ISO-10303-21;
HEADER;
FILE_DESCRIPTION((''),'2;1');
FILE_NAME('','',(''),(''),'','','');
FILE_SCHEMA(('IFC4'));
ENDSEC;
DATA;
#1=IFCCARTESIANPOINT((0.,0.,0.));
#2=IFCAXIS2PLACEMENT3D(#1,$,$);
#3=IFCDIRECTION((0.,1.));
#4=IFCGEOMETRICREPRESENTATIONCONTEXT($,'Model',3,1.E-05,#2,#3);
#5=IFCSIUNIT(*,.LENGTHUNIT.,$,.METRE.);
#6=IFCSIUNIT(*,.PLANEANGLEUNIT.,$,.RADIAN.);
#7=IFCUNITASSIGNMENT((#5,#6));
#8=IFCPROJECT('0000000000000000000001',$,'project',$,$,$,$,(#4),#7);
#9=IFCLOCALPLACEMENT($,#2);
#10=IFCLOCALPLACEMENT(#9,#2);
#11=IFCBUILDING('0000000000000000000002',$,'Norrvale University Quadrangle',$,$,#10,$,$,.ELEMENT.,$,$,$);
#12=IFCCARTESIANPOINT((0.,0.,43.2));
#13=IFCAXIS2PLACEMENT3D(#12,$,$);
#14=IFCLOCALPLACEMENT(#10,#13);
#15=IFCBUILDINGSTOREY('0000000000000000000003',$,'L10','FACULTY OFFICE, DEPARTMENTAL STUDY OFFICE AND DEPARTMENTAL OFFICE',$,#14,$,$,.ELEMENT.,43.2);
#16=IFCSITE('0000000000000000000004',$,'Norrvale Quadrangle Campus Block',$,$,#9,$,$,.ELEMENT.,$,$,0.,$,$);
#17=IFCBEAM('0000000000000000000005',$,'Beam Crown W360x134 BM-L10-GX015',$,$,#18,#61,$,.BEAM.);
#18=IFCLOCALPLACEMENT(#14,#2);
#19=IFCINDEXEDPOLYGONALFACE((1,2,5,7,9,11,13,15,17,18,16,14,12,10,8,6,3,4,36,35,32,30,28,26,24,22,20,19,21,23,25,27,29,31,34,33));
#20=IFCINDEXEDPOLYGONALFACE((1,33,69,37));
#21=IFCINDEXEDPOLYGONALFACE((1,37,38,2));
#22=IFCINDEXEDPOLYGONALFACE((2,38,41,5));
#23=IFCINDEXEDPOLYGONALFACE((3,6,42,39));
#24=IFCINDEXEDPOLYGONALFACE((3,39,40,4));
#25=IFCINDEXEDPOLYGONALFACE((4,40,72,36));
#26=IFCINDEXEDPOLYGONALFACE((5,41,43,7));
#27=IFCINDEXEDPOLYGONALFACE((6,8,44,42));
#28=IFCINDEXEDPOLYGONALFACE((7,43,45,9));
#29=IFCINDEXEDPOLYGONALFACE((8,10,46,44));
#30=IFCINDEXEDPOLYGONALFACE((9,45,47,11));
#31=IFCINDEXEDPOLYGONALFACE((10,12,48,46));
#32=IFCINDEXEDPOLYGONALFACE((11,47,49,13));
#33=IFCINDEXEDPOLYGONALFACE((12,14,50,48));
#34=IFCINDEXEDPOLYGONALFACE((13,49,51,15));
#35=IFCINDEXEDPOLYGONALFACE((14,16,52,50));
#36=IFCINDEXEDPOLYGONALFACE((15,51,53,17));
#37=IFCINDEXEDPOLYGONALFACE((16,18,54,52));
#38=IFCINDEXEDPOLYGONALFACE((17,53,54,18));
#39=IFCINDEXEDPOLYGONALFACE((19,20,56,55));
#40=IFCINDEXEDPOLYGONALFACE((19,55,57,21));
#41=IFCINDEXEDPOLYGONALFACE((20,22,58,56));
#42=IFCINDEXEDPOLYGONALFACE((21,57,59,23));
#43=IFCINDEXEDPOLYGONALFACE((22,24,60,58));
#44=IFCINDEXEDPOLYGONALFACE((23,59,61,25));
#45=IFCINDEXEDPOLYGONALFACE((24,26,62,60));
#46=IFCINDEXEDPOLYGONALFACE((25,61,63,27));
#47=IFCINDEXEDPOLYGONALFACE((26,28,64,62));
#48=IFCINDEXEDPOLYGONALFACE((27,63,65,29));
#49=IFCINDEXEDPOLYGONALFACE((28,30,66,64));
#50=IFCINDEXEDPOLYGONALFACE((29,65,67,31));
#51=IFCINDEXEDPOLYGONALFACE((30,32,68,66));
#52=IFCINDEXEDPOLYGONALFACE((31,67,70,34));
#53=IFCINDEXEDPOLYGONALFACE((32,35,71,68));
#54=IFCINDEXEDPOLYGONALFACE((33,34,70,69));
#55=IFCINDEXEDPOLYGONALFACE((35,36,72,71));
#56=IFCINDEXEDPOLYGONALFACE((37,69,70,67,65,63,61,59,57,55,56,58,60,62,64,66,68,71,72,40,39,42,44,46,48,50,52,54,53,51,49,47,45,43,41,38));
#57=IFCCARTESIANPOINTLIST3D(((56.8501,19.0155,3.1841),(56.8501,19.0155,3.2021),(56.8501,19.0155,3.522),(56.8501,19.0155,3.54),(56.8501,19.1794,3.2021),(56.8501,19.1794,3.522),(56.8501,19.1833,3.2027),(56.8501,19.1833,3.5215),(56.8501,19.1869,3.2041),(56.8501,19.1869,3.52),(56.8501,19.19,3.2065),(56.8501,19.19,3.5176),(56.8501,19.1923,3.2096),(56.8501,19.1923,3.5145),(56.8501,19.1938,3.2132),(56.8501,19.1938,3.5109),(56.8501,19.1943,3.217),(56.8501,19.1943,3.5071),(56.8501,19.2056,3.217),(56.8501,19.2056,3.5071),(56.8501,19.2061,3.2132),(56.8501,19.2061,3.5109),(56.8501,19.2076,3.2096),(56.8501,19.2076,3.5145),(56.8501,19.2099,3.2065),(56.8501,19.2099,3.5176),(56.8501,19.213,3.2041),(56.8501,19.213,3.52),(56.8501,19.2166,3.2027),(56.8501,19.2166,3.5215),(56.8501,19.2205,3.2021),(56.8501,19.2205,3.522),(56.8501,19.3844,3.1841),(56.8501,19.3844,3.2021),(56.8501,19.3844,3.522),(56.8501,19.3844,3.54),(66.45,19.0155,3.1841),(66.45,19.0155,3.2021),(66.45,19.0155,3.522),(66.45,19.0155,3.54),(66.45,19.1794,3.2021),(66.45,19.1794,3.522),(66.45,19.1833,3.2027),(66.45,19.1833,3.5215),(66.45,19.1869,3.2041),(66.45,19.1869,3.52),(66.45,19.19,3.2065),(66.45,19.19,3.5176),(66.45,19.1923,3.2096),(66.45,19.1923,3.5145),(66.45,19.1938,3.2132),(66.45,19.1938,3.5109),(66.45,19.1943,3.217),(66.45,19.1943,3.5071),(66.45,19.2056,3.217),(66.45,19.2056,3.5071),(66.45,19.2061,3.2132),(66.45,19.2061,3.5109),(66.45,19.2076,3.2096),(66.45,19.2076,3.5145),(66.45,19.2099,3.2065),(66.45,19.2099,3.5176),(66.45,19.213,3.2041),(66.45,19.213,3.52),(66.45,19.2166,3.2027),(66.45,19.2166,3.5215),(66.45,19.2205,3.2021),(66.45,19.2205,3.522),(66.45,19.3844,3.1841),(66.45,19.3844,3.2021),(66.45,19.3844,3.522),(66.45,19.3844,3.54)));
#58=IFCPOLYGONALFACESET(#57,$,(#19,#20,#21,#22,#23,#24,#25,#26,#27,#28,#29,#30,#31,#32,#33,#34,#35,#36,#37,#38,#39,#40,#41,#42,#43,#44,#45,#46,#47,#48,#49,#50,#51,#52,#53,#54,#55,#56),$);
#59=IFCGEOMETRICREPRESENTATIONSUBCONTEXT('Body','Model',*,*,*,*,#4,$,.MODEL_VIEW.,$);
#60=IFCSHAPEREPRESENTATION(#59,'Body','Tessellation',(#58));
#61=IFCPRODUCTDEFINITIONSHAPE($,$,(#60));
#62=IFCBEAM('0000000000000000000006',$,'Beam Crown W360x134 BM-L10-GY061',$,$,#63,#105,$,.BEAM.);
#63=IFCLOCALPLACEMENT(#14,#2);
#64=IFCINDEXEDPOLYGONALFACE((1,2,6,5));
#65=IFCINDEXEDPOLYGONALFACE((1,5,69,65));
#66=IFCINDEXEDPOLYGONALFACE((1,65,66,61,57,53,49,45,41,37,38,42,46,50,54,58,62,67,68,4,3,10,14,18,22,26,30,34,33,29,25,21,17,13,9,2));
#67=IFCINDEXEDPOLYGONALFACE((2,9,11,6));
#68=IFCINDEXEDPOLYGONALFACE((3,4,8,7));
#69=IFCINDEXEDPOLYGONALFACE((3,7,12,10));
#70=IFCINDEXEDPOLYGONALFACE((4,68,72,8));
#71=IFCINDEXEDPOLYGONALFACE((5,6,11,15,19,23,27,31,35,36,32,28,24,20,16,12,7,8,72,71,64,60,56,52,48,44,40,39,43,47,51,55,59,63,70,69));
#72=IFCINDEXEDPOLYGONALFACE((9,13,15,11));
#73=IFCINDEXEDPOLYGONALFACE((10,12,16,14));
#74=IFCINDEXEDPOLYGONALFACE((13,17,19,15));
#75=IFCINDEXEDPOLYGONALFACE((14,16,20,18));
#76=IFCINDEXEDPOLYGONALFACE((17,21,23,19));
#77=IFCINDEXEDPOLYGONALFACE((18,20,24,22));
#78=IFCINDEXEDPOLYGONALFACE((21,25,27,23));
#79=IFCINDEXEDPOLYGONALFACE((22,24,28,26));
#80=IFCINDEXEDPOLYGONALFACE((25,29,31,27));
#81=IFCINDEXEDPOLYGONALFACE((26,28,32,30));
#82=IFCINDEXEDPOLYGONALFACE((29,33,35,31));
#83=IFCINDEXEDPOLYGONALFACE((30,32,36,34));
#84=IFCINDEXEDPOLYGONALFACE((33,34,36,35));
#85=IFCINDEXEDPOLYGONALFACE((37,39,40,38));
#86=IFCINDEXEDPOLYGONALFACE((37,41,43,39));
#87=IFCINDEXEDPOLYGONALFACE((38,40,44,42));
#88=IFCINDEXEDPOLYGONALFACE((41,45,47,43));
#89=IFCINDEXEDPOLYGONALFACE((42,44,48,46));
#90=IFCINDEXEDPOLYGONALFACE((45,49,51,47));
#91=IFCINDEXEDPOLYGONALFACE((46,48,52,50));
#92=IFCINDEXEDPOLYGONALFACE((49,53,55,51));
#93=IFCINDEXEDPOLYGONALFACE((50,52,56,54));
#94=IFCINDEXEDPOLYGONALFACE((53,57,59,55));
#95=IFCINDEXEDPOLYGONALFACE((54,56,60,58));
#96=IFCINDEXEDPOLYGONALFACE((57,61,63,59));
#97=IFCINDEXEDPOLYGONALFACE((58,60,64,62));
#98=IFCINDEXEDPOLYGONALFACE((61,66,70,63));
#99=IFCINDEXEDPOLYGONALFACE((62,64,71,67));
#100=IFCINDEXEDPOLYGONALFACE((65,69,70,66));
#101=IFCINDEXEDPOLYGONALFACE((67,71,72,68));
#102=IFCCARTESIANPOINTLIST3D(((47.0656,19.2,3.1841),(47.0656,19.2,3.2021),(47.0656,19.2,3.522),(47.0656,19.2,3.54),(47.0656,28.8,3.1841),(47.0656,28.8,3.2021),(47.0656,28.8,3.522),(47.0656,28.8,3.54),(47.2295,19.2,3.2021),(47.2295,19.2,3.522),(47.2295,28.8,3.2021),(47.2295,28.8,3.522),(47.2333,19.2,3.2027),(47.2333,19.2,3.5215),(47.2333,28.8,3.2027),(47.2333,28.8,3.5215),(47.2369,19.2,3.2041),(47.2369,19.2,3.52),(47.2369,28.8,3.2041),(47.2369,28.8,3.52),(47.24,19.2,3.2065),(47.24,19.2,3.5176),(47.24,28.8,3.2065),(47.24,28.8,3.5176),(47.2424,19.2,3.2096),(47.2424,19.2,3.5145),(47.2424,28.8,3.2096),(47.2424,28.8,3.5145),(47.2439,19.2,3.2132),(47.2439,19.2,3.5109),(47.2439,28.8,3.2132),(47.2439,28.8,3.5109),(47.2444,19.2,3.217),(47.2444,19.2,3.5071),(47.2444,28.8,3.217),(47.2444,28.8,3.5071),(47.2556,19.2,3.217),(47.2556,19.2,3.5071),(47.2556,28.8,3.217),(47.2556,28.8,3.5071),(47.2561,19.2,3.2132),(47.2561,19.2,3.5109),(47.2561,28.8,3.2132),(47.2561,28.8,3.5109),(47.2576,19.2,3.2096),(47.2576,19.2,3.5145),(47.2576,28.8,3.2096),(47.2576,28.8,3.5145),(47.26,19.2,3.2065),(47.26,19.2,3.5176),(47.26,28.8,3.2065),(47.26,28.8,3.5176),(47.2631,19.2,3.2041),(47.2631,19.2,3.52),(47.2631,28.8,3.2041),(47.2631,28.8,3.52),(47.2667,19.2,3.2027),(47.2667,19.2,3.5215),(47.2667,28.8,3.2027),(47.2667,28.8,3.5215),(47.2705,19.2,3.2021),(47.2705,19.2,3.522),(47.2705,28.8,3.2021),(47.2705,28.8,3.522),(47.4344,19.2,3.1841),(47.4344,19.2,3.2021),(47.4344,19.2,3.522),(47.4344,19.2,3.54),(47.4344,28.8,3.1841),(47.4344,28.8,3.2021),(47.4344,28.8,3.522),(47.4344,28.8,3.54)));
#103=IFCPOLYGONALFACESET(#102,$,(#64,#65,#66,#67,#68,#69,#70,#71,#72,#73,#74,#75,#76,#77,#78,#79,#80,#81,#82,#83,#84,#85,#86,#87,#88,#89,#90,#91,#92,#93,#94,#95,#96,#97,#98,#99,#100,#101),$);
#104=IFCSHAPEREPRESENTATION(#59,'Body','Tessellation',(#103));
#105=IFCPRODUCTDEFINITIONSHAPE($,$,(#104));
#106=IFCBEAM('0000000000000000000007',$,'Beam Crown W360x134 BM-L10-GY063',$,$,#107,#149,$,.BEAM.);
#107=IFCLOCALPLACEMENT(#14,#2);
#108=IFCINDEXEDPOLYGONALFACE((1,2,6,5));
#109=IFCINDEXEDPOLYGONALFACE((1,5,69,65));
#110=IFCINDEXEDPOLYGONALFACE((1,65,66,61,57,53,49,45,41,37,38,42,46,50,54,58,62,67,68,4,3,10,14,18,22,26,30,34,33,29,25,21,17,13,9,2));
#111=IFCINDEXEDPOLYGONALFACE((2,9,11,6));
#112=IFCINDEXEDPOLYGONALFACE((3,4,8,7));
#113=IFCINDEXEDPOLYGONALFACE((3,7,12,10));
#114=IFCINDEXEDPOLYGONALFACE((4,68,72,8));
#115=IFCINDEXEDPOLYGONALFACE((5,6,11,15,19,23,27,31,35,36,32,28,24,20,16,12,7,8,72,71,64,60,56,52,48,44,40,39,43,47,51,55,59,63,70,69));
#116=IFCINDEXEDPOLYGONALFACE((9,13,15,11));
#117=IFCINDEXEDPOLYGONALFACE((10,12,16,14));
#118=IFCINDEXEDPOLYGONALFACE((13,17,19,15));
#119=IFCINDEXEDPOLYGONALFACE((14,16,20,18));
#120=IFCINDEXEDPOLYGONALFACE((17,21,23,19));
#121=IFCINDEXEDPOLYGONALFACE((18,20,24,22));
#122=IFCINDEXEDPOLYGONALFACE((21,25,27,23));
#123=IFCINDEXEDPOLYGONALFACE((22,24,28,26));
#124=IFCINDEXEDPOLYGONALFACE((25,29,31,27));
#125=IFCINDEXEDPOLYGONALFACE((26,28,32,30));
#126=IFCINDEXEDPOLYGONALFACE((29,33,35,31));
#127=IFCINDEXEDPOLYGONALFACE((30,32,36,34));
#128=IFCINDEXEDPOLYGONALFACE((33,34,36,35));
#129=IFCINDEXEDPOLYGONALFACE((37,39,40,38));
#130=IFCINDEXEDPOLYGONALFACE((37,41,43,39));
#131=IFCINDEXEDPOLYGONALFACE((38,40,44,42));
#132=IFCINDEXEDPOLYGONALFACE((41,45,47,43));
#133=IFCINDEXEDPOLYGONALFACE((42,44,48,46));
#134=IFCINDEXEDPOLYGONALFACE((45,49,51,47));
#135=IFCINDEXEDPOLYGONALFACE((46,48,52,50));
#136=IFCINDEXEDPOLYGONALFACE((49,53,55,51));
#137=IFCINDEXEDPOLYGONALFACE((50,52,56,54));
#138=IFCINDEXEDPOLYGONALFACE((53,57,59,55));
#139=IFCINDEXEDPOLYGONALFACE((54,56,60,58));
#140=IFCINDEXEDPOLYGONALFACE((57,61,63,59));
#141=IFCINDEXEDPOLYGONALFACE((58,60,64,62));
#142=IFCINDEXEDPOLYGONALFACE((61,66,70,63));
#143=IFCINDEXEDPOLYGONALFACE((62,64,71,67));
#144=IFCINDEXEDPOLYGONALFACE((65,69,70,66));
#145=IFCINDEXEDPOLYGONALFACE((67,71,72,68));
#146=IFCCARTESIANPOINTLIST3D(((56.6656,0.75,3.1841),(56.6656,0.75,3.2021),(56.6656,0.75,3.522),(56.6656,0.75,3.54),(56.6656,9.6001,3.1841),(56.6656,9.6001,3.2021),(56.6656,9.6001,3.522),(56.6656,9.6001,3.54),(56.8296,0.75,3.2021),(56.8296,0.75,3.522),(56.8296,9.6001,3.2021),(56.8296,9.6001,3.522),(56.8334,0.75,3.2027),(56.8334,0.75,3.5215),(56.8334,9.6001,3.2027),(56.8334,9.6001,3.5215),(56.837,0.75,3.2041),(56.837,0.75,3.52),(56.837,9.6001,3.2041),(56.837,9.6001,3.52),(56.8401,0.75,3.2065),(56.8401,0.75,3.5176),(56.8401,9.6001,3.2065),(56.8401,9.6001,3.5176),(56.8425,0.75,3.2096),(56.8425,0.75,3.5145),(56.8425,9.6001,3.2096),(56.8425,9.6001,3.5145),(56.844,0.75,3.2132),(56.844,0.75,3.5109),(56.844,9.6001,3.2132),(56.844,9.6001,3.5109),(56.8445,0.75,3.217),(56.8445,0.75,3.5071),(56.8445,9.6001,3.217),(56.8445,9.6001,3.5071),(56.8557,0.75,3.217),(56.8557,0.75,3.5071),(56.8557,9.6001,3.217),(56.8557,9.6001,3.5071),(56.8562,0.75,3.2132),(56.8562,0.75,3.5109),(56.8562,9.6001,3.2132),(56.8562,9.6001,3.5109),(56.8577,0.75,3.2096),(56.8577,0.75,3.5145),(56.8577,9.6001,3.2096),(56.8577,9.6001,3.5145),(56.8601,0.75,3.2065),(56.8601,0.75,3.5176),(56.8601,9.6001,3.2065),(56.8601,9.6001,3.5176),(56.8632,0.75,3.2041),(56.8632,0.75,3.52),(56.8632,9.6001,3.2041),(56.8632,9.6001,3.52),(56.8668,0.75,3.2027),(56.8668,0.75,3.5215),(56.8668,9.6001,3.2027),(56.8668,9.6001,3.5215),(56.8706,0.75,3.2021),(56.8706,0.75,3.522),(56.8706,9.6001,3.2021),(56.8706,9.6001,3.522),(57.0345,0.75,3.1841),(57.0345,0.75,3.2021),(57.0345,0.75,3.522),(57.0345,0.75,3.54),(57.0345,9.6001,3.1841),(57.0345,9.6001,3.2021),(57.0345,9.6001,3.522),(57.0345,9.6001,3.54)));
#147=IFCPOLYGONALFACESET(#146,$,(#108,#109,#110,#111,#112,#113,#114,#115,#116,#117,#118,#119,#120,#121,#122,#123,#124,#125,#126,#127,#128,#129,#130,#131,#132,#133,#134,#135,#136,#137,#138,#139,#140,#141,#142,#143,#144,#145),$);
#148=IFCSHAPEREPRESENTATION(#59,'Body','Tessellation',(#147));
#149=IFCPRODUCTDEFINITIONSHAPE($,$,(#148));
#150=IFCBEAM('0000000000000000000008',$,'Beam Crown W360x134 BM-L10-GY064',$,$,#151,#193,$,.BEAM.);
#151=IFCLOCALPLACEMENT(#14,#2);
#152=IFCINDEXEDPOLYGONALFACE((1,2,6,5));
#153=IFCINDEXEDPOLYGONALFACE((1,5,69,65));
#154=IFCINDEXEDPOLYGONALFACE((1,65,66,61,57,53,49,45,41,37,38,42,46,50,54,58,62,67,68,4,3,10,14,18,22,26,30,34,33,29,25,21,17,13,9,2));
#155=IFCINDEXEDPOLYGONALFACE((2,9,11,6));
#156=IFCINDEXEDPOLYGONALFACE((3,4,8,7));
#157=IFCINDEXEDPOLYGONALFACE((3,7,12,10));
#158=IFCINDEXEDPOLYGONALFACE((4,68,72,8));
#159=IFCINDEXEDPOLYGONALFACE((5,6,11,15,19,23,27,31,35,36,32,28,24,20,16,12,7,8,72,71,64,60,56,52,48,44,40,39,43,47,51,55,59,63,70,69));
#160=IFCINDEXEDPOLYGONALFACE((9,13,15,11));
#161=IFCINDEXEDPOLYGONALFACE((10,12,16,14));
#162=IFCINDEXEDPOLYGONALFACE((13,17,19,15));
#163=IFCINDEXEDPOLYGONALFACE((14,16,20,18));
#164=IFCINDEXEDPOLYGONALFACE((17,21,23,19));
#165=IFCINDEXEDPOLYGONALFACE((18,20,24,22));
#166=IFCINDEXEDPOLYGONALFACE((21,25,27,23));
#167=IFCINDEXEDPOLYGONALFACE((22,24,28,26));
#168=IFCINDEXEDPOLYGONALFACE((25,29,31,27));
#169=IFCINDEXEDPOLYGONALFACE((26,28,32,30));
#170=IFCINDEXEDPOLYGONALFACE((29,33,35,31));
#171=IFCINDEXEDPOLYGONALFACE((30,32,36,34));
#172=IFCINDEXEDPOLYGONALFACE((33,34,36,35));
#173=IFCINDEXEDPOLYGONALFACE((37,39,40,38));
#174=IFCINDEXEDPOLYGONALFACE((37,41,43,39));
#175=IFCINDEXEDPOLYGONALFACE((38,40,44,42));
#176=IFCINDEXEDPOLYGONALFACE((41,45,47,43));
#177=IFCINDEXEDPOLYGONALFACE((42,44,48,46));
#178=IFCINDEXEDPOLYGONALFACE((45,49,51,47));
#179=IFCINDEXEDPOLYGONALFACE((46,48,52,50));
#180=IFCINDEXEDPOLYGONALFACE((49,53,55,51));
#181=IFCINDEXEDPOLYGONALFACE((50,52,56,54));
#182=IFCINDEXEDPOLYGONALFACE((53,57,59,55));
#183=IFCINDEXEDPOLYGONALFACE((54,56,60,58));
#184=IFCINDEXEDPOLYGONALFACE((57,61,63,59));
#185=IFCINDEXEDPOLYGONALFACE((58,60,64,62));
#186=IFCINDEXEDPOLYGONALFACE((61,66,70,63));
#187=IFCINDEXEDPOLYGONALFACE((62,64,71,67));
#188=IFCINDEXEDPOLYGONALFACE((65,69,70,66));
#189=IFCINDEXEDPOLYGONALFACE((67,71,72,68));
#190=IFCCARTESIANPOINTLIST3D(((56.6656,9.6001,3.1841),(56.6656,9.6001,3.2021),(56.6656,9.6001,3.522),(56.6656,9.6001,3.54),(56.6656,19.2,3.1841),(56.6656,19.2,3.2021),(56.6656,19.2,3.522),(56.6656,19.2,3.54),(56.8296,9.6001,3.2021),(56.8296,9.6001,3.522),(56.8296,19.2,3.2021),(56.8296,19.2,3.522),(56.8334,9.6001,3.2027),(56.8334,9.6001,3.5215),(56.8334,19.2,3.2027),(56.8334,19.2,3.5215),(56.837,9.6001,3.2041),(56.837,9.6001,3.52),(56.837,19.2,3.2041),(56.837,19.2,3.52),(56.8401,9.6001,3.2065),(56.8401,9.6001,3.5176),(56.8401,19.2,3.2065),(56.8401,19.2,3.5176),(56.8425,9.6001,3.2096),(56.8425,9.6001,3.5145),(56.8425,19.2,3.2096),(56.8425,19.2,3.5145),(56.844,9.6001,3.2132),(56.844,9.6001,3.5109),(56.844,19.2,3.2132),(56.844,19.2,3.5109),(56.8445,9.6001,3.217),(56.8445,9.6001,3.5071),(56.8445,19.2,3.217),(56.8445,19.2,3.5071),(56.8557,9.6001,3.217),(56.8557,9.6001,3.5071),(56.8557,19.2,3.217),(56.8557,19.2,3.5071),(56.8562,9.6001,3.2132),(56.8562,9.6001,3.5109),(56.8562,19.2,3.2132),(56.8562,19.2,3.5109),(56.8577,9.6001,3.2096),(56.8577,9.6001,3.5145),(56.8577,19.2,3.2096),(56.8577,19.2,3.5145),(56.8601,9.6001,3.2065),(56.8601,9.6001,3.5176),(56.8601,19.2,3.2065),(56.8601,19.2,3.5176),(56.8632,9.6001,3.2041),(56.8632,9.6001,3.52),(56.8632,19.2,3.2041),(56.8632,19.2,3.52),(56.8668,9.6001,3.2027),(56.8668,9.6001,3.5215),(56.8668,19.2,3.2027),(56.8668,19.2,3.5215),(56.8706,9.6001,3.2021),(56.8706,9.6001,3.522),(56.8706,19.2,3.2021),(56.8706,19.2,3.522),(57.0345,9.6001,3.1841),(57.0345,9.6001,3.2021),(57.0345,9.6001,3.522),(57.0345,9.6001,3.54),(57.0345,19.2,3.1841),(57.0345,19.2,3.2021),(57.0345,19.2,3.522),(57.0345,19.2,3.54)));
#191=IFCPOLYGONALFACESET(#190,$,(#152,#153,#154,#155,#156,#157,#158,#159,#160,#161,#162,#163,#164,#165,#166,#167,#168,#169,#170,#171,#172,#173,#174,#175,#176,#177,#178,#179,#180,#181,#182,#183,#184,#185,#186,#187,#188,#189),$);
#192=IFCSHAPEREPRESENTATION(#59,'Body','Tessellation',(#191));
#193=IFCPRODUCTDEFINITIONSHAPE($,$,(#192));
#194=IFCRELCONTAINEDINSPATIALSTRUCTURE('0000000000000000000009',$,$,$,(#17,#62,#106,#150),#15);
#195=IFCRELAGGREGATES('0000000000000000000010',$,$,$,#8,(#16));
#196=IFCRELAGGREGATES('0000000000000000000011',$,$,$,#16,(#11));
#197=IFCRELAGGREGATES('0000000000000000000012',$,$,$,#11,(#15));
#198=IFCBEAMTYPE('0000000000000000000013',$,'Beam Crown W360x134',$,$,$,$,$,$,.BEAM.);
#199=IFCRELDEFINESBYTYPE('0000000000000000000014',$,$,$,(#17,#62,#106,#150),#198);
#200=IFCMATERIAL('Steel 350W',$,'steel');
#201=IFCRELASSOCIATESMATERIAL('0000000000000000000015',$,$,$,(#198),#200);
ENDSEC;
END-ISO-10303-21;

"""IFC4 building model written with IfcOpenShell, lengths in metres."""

from ifc_helpers import new_model, si_unit, direction, frame, origin, origin_2d, place, context, subcontext, project, spatial, i_section, extrude, material, material_profile, profile_set, type_object, element, save


model = new_model("IFC4")

# Units and contexts
model_context = context("Model", 3, precision=1e-05, world=origin(), true_north=direction((0.0, 1.0)))
body_context = subcontext(model_context, "Body", "Model", "MODEL_VIEW")
ifc_project = project(units=[si_unit("LENGTHUNIT", "METRE"), si_unit("PLANEANGLEUNIT", "RADIAN")], contexts=[model_context])

# Site, building, storey
site_placement = place(None, origin())
site = spatial("IfcSite", under=ifc_project, at=site_placement, Name="Norrvale Quadrangle Campus Block", CompositionType="ELEMENT", RefElevation=0.0)
building_placement = place(site_placement, origin())
building = spatial("IfcBuilding", under=site, at=building_placement, Name="Norrvale University Quadrangle", CompositionType="ELEMENT")
storey_placement = place(building_placement, frame((0.0, 0.0, 43.2)))
storey = spatial("IfcBuildingStorey", under=building, at=storey_placement, Name="L10", Description="FACULTY OFFICE, DEPARTMENTAL STUDY OFFICE AND DEPARTMENTAL OFFICE", CompositionType="ELEMENT", Elevation=43.2)

# Beams
ifc_material_1 = material(Name="Steel 350W", Category="steel")
ifc_material_profile_1 = material_profile(ifc_material_1, i_section(OverallWidth=0.3689, OverallDepth=0.356, WebThickness=0.0112, FlangeThickness=0.0181, FilletRadius=0.0149, at=origin_2d()), Name="Steel 350W")
ifc_profile_set_1 = profile_set([ifc_material_profile_1], Name="Steel 350W")
beam_type_1 = type_object("IfcBeamType", Name="Beam Crown W360x134", PredefinedType="BEAM", material=ifc_profile_set_1)
beam_1_placement = place(storey_placement, frame((56.8501, 19.2, 3.3621), z_axis=(1.0, 0.0, 0.0), x_axis=(0.0, 1.0, 0.0)))
element("IfcBeam", 1, at=beam_1_placement, inside=storey, type_object=beam_type_1, Name="Beam Crown W360x134 BM-L10-GX015", PredefinedType="BEAM", context=body_context, shape_type="SweptSolid", body=[
    extrude(i_section(OverallWidth=0.3689, OverallDepth=0.356, WebThickness=0.0112, FlangeThickness=0.0181, FilletRadius=0.0149, at=origin_2d()), origin(), (0.0, 0.0, 1.0), 9.5999),
])
beam_2_placement = place(storey_placement, frame((47.25, 19.2, 3.3621), z_axis=(0.0, 1.0, 0.0), x_axis=(-1.0, 0.0, 0.0)))
element("IfcBeam", 2, at=beam_2_placement, inside=storey, type_object=beam_type_1, Name="Beam Crown W360x134 BM-L10-GY061", PredefinedType="BEAM", context=body_context, shape_type="SweptSolid", body=[
    extrude(i_section(OverallWidth=0.3689, OverallDepth=0.356, WebThickness=0.0112, FlangeThickness=0.0181, FilletRadius=0.0149, at=origin_2d()), origin(), (0.0, 0.0, 1.0), 9.6001),
])
beam_3_placement = place(storey_placement, frame((56.8501, 0.75, 3.3621), z_axis=(0.0, 1.0, 0.0), x_axis=(-1.0, 0.0, 0.0)))
element("IfcBeam", 3, at=beam_3_placement, inside=storey, type_object=beam_type_1, Name="Beam Crown W360x134 BM-L10-GY063", PredefinedType="BEAM", context=body_context, shape_type="SweptSolid", body=[
    extrude(i_section(OverallWidth=0.3689, OverallDepth=0.356, WebThickness=0.0112, FlangeThickness=0.0181, FilletRadius=0.0149, at=origin_2d()), origin(), (0.0, 0.0, 1.0), 8.8501),
])
beam_4_placement = place(storey_placement, frame((56.8501, 9.6001, 3.3621), z_axis=(0.0, 1.0, 0.0), x_axis=(-1.0, 0.0, 0.0)))
element("IfcBeam", 4, at=beam_4_placement, inside=storey, type_object=beam_type_1, Name="Beam Crown W360x134 BM-L10-GY064", PredefinedType="BEAM", context=body_context, shape_type="SweptSolid", body=[
    extrude(i_section(OverallWidth=0.3689, OverallDepth=0.356, WebThickness=0.0112, FlangeThickness=0.0181, FilletRadius=0.0149, at=origin_2d()), origin(), (0.0, 0.0, 1.0), 9.5999),
])

save(model, "model.ifc")
